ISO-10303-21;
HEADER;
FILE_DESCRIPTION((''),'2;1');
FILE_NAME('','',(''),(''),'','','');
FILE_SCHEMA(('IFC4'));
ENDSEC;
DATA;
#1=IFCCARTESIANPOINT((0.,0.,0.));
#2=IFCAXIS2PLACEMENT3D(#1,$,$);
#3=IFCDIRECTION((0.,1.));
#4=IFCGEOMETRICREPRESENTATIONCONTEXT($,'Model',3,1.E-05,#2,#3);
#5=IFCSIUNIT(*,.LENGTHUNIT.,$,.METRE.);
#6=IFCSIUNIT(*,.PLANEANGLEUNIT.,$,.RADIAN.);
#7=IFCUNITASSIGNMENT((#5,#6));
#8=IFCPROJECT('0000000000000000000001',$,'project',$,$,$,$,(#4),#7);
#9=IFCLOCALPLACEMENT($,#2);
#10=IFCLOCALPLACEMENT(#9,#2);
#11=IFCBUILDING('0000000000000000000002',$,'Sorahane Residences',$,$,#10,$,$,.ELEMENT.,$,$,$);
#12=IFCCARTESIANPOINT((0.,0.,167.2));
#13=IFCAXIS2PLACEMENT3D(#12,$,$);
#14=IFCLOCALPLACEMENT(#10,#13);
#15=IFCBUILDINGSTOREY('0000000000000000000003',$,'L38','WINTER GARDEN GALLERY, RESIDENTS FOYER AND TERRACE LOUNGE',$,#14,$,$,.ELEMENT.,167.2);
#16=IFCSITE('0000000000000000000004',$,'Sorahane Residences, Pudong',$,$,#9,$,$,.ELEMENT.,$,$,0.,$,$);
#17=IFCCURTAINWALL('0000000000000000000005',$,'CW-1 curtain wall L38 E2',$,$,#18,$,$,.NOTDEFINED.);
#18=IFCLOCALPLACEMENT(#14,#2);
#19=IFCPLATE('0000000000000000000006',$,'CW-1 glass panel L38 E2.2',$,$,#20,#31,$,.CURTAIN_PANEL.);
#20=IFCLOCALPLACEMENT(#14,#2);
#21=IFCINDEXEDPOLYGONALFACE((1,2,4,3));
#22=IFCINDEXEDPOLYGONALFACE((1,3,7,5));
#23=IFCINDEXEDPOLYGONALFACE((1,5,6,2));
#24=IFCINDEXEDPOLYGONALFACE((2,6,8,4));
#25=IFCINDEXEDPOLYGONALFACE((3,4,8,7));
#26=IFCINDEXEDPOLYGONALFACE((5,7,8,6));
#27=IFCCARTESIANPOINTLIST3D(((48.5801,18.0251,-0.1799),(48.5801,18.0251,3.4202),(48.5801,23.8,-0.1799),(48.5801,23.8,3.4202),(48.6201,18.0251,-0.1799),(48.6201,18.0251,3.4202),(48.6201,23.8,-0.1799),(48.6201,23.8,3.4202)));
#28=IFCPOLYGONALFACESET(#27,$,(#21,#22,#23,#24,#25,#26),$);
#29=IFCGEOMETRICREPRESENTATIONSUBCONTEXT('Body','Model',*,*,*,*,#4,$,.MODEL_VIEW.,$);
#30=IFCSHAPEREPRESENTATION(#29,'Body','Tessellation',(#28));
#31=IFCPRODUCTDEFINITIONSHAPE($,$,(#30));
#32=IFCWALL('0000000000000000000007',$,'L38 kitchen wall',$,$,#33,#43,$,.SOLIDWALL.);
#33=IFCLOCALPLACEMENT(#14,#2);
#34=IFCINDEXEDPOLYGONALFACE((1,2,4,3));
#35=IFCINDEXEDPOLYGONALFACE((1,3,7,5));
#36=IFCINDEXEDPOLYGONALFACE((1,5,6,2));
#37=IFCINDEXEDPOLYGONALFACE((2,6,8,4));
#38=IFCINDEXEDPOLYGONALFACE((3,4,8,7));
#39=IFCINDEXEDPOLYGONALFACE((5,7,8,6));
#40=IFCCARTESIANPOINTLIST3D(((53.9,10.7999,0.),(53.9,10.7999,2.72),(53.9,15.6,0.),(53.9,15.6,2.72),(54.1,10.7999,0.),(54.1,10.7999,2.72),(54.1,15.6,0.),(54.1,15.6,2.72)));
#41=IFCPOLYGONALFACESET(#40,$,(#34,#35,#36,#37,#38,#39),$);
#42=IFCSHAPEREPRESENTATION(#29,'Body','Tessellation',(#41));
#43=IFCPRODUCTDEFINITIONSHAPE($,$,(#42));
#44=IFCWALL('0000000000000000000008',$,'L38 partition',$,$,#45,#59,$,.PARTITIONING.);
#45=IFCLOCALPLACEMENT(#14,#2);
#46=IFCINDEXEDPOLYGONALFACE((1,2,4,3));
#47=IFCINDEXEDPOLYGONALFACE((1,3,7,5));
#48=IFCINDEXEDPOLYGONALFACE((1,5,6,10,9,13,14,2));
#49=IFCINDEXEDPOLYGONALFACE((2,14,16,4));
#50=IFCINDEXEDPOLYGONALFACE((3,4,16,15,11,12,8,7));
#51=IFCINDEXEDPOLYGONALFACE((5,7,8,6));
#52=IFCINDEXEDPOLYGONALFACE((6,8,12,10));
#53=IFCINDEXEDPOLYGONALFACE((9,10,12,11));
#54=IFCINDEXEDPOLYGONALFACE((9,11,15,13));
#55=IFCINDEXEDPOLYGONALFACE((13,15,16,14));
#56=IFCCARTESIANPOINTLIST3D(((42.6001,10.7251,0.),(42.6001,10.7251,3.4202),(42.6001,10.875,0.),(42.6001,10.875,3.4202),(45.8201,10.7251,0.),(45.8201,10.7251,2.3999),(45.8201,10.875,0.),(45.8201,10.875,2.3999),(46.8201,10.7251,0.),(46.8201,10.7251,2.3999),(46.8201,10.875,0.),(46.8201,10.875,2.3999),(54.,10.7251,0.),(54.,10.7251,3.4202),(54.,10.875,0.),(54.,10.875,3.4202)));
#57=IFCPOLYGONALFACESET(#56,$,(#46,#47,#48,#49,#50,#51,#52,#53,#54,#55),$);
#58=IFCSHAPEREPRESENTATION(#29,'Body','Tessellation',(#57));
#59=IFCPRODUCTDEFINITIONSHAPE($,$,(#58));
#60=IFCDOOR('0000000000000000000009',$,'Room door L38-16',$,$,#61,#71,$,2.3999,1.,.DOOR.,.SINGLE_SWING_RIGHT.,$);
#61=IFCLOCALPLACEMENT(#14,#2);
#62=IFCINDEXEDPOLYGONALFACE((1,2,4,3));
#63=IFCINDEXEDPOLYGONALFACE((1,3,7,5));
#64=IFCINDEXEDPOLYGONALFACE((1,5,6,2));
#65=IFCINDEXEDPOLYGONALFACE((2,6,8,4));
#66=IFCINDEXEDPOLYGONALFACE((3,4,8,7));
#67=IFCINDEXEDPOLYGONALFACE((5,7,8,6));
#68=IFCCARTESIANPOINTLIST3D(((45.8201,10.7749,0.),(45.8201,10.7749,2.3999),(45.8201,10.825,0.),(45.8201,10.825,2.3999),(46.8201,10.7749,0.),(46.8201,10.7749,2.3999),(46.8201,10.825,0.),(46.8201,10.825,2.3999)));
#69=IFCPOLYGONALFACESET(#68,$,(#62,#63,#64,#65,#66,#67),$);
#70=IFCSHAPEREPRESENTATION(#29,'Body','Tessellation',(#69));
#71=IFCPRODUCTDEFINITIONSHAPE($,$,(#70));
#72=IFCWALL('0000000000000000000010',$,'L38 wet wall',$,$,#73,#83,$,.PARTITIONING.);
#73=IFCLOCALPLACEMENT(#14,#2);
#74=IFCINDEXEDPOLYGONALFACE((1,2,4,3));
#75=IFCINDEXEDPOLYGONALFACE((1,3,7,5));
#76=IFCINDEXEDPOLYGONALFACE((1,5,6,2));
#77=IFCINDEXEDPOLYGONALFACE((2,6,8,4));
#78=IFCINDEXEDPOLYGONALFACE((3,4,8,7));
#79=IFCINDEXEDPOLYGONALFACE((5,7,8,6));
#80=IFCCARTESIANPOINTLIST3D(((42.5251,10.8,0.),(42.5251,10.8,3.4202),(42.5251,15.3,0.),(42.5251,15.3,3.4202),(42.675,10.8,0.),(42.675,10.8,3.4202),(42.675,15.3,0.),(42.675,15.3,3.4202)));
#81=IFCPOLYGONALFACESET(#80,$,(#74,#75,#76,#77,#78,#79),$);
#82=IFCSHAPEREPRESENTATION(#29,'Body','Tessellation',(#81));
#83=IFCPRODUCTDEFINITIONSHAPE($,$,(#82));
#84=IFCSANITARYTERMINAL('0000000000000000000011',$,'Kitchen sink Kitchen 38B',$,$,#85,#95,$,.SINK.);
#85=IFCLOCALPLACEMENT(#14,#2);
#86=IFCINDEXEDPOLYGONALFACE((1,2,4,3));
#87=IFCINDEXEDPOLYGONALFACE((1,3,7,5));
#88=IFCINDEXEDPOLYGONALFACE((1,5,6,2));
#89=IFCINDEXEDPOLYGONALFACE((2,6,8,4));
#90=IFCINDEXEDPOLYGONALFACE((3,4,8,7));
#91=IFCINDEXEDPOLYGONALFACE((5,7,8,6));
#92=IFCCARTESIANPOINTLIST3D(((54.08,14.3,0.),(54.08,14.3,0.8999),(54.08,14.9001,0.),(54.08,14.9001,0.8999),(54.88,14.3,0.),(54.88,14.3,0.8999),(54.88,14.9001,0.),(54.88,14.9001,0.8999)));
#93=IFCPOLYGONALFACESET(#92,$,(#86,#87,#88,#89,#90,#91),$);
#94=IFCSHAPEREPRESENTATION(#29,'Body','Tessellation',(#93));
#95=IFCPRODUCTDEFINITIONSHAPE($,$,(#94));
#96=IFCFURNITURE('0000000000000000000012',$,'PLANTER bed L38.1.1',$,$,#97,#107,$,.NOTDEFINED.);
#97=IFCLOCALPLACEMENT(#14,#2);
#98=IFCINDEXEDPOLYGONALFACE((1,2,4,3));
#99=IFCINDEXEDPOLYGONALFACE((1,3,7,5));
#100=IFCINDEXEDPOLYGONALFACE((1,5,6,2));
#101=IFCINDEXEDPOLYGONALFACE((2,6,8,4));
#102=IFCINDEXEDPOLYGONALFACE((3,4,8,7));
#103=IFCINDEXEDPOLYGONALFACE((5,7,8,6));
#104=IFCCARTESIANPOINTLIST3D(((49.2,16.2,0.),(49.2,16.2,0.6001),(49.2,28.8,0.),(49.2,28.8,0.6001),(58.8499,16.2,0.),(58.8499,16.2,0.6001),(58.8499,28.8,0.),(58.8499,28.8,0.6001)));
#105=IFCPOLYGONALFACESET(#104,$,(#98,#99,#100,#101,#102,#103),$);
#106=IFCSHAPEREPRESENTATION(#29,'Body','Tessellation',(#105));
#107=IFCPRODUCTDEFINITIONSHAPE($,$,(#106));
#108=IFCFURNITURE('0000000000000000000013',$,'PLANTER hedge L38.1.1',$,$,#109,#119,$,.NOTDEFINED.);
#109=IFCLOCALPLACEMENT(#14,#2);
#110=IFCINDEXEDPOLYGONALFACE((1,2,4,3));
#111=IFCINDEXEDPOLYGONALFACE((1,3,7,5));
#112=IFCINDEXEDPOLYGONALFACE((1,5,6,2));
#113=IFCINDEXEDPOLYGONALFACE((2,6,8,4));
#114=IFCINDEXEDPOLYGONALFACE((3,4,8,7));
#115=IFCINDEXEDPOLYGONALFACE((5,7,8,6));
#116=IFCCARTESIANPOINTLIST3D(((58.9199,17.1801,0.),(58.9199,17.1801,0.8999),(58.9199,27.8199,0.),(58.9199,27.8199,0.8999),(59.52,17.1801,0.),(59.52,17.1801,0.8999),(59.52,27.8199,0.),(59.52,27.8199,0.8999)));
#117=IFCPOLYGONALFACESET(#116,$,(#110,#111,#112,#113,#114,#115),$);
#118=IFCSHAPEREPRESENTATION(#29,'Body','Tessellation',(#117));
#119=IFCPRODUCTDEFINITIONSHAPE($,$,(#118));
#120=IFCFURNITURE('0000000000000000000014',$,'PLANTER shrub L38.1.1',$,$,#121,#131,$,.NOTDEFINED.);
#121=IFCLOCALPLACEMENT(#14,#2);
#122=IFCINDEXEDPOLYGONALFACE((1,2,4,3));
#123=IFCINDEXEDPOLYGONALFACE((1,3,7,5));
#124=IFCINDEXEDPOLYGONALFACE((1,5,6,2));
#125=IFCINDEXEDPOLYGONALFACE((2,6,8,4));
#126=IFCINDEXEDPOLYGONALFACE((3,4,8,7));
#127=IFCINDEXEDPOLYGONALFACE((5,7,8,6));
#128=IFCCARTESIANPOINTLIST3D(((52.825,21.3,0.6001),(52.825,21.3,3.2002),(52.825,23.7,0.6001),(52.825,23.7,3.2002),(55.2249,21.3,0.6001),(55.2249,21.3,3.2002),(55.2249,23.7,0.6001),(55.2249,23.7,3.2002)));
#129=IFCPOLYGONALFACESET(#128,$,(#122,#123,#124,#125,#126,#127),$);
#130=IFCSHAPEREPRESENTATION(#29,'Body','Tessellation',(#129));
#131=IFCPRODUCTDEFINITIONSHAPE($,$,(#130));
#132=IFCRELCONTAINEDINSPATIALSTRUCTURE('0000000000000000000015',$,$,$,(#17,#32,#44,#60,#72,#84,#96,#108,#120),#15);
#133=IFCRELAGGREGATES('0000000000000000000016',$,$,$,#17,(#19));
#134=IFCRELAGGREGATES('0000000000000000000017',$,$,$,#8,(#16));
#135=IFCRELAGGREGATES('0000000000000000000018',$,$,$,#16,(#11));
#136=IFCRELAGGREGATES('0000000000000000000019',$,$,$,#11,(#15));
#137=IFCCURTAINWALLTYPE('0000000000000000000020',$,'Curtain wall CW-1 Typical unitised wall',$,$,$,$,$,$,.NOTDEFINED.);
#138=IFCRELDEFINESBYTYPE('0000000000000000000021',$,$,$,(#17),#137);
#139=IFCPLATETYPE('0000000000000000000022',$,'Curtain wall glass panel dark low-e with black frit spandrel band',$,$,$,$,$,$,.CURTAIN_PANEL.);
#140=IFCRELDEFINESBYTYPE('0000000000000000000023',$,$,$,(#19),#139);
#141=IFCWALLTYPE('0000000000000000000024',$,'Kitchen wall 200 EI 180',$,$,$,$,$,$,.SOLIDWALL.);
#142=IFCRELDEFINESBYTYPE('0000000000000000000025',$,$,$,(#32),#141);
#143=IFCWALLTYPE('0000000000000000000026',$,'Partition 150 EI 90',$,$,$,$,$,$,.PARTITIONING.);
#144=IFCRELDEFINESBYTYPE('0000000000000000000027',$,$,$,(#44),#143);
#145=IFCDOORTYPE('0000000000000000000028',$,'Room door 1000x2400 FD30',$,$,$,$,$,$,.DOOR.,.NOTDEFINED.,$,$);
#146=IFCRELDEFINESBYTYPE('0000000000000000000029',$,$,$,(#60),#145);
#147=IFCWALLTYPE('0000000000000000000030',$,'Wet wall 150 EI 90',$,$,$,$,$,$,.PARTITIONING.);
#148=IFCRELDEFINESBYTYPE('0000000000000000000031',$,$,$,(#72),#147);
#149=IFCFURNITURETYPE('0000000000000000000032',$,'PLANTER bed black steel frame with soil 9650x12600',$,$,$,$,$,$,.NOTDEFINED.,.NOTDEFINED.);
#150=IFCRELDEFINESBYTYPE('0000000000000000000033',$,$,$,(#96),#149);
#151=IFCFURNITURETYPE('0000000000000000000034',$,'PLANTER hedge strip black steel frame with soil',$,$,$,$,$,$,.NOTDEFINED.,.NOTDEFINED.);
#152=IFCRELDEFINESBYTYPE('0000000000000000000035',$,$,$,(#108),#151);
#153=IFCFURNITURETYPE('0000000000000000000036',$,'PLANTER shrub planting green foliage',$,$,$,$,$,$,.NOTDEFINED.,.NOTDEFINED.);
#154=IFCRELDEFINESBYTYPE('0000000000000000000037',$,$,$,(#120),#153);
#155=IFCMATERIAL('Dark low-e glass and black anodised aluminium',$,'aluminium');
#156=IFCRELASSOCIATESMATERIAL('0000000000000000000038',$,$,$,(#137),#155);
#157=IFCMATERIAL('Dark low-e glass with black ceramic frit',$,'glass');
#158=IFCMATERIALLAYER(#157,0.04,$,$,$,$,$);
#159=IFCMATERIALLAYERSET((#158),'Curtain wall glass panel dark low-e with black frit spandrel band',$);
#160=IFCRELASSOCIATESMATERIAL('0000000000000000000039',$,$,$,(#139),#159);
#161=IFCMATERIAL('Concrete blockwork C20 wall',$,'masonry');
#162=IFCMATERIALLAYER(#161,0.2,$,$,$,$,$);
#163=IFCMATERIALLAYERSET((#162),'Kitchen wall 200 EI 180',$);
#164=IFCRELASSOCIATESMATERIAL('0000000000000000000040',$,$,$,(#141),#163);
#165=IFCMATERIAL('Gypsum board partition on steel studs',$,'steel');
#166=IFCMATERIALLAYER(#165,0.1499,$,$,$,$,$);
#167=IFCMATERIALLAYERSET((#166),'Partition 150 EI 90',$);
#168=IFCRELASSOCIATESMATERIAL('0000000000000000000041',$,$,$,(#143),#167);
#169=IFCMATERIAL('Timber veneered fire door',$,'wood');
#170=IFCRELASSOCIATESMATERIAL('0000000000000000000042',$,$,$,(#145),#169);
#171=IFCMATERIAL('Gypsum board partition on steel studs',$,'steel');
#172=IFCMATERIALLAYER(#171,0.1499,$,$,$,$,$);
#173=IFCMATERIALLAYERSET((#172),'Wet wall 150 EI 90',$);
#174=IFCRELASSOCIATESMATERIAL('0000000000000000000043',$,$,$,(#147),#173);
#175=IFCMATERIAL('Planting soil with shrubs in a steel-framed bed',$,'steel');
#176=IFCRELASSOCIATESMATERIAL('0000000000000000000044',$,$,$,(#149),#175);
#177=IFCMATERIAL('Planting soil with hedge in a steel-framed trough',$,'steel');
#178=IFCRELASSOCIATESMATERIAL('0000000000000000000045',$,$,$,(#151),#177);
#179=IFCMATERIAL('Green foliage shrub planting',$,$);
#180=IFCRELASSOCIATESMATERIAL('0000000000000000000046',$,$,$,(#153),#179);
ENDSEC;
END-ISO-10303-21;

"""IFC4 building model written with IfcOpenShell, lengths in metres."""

from ifc_helpers import new_model, si_unit, direction, frame, frame_2d, origin, origin_2d, place, context, subcontext, project, spatial, rectangle, extrude, material, layer, layer_set, type_object, element, fill, aggregate, save


model = new_model("IFC4")

# Units and contexts
model_context = context("Model", 3, precision=1e-05, world=origin(), true_north=direction((0.0, 1.0)))
body_context = subcontext(model_context, "Body", "Model", "MODEL_VIEW")
ifc_project = project(units=[si_unit("LENGTHUNIT", "METRE"), si_unit("PLANEANGLEUNIT", "RADIAN")], contexts=[model_context])

# Site, building, storey
site_placement = place(None, origin())
site = spatial("IfcSite", under=ifc_project, at=site_placement, Name="Sorahane Residences, Pudong", CompositionType="ELEMENT", RefElevation=0.0)
building_placement = place(site_placement, origin())
building = spatial("IfcBuilding", under=site, at=building_placement, Name="Sorahane Residences", CompositionType="ELEMENT")
storey_placement = place(building_placement, frame((0.0, 0.0, 167.2)))
storey = spatial("IfcBuildingStorey", under=building, at=storey_placement, Name="L38", Description="WINTER GARDEN GALLERY, RESIDENTS FOYER AND TERRACE LOUNGE", CompositionType="ELEMENT", Elevation=167.2)

# Shared definitions
ifc_material_1 = material(Name="Dark low-e glass and black anodised aluminium", Category="aluminium")
curtain_wall_type = type_object("IfcCurtainWallType", Name="Curtain wall CW-1 Typical unitised wall", PredefinedType="NOTDEFINED", material=ifc_material_1)

# Curtain wall
curtain_wall_1_placement = place(storey_placement, origin())
curtain_wall_1 = element("IfcCurtainWall", 1, at=curtain_wall_1_placement, inside=storey, type_object=curtain_wall_type, Name="CW-1 curtain wall L38 E2", PredefinedType="NOTDEFINED")

# Plate
ifc_material_2 = material(Name="Dark low-e glass with black ceramic frit", Category="glass")
ifc_layer_1 = layer(ifc_material_2, 0.04)
ifc_layer_set_1 = layer_set([ifc_layer_1], Name="Curtain wall glass panel dark low-e with black frit spandrel band")
plate_type = type_object("IfcPlateType", Name="Curtain wall glass panel dark low-e with black frit spandrel band", PredefinedType="CURTAIN_PANEL", material=ifc_layer_set_1)
plate_1_placement = place(storey_placement, frame((48.6001, 20.9126, -0.1799), z_axis=(0.0, 0.0, 1.0), x_axis=(0.0, 1.0, 0.0)))
plate_1 = element("IfcPlate", 2, at=plate_1_placement, type_object=plate_type, Name="CW-1 glass panel L38 E2.2", PredefinedType="CURTAIN_PANEL", context=body_context, shape_type="SweptSolid", body=[
    extrude(rectangle(XDim=5.7749, YDim=0.04, at=origin_2d()), origin(), (0.0, 0.0, 1.0), 3.6001),
])
aggregate(curtain_wall_1, [plate_1])

# Wall
ifc_material_3 = material(Name="Concrete blockwork C20 wall", Category="masonry")
ifc_layer_2 = layer(ifc_material_3, 0.2)
ifc_layer_set_2 = layer_set([ifc_layer_2], Name="Kitchen wall 200 EI 180")
wall_type_1 = type_object("IfcWallType", Name="Kitchen wall 200 EI 180", PredefinedType="SOLIDWALL", material=ifc_layer_set_2)
wall_1_placement = place(storey_placement, frame((54.0, 10.8, 0.0), z_axis=(0.0, 0.0, 1.0), x_axis=(0.0, 1.0, 0.0)))
element("IfcWall", 3, at=wall_1_placement, inside=storey, type_object=wall_type_1, Name="L38 kitchen wall", PredefinedType="SOLIDWALL", context=body_context, shape_type="SweptSolid", body=[
    extrude(rectangle(XDim=4.8, YDim=0.2, at=frame_2d((2.3999, 0.0))), origin(), (0.0, 0.0, 1.0), 2.72),
])

# Wall, opening, door
ifc_material_4 = material(Name="Gypsum board partition on steel studs", Category="steel")
ifc_layer_3 = layer(ifc_material_4, 0.1499)
ifc_layer_set_3 = layer_set([ifc_layer_3], Name="Partition 150 EI 90")
wall_type_2 = type_object("IfcWallType", Name="Partition 150 EI 90", PredefinedType="PARTITIONING", material=ifc_layer_set_3)
wall_2_placement = place(storey_placement, frame((42.6001, 10.8, 0.0), z_axis=(0.0, 0.0, 1.0), x_axis=(1.0, 0.0, 0.0)))
wall_2 = element("IfcWall", 4, at=wall_2_placement, inside=storey, type_object=wall_type_2, Name="L38 partition", PredefinedType="PARTITIONING", context=body_context, shape_type="SweptSolid", body=[
    extrude(rectangle(XDim=11.3999, YDim=0.1499, at=frame_2d((5.7, 0.0))), origin(), (0.0, 0.0, 1.0), 3.4202),
])
opening_1_placement = place(wall_2_placement, frame((3.22, 0.0, 0.0)))
opening_1 = element("IfcOpeningElement", 5, at=opening_1_placement, cuts=wall_2, PredefinedType="OPENING", context=body_context, shape_type="SweptSolid", body=[
    extrude(rectangle(XDim=1.0, YDim=2.3999, at=frame_2d((0.5, 1.2))), frame((0.0, 0.085, 0.0), z_axis=(0.0, -1.0, 0.0), x_axis=(1.0, 0.0, 0.0)), (0.0, 0.0, 1.0), 0.1699),
])
ifc_material_5 = material(Name="Timber veneered fire door", Category="wood")
door_type_1 = type_object("IfcDoorType", Name="Room door 1000x2400 FD30", OperationType="NOTDEFINED", PredefinedType="DOOR", material=ifc_material_5)
door_1_placement = place(opening_1_placement, origin())
door_1 = element("IfcDoor", 6, at=door_1_placement, inside=storey, type_object=door_type_1, Name="Room door L38-16", OperationType="SINGLE_SWING_RIGHT", OverallHeight=2.3999, OverallWidth=1.0, PredefinedType="DOOR", context=body_context, shape_type="SweptSolid", body=[
    extrude(rectangle(XDim=1.0, YDim=2.3999, at=frame_2d((0.5, 1.2))), frame((0.0, 0.0249, 0.0), z_axis=(0.0, -1.0, 0.0), x_axis=(1.0, 0.0, 0.0)), (0.0, 0.0, 1.0), 0.05),
])
fill(opening_1, door_1)

# Wall
ifc_material_6 = material(Name="Gypsum board partition on steel studs", Category="steel")
ifc_layer_4 = layer(ifc_material_6, 0.1499)
ifc_layer_set_4 = layer_set([ifc_layer_4], Name="Wet wall 150 EI 90")
wall_type_3 = type_object("IfcWallType", Name="Wet wall 150 EI 90", PredefinedType="PARTITIONING", material=ifc_layer_set_4)
wall_3_placement = place(storey_placement, frame((42.6001, 10.8, 0.0), z_axis=(0.0, 0.0, 1.0), x_axis=(0.0, 1.0, 0.0)))
element("IfcWall", 7, at=wall_3_placement, inside=storey, type_object=wall_type_3, Name="L38 wet wall", PredefinedType="PARTITIONING", context=body_context, shape_type="SweptSolid", body=[
    extrude(rectangle(XDim=4.5, YDim=0.1499, at=frame_2d((2.25, 0.0))), origin(), (0.0, 0.0, 1.0), 3.4202),
])

# Sanitary terminal
sanitary_terminal_placement = place(storey_placement, frame((54.48, 14.6001, 0.0), z_axis=(0.0, 0.0, 1.0), x_axis=(1.0, 0.0, 0.0)))
element("IfcSanitaryTerminal", 8, at=sanitary_terminal_placement, inside=storey, Name="Kitchen sink Kitchen 38B", PredefinedType="SINK", context=body_context, shape_type="SweptSolid", body=[
    extrude(rectangle(XDim=0.8, YDim=0.6001, at=origin_2d()), origin(), (0.0, 0.0, 1.0), 0.8999),
])

# Furniture
ifc_material_7 = material(Name="Planting soil with shrubs in a steel-framed bed", Category="steel")
furniture_type_1 = type_object("IfcFurnitureType", Name="PLANTER bed black steel frame with soil 9650x12600", AssemblyPlace="NOTDEFINED", PredefinedType="NOTDEFINED", material=ifc_material_7)
furniture_1_placement = place(storey_placement, frame((54.0249, 22.5, 0.0), z_axis=(0.0, 0.0, 1.0), x_axis=(1.0, 0.0, 0.0)))
element("IfcFurniture", 9, at=furniture_1_placement, inside=storey, type_object=furniture_type_1, Name="PLANTER bed L38.1.1", PredefinedType="NOTDEFINED", context=body_context, shape_type="SweptSolid", body=[
    extrude(rectangle(XDim=9.6499, YDim=12.6001, at=origin_2d()), origin(), (0.0, 0.0, 1.0), 0.6001),
])
ifc_material_8 = material(Name="Planting soil with hedge in a steel-framed trough", Category="steel")
furniture_type_2 = type_object("IfcFurnitureType", Name="PLANTER hedge strip black steel frame with soil", AssemblyPlace="NOTDEFINED", PredefinedType="NOTDEFINED", material=ifc_material_8)
furniture_2_placement = place(storey_placement, frame((59.22, 22.5, 0.0), z_axis=(0.0, 0.0, 1.0), x_axis=(0.0, -1.0, 0.0)))
element("IfcFurniture", 10, at=furniture_2_placement, inside=storey, type_object=furniture_type_2, Name="PLANTER hedge L38.1.1", PredefinedType="NOTDEFINED", context=body_context, shape_type="SweptSolid", body=[
    extrude(rectangle(XDim=10.6399, YDim=0.6001, at=origin_2d()), origin(), (0.0, 0.0, 1.0), 0.8999),
])
ifc_material_9 = material(Name="Green foliage shrub planting")
furniture_type_3 = type_object("IfcFurnitureType", Name="PLANTER shrub planting green foliage", AssemblyPlace="NOTDEFINED", PredefinedType="NOTDEFINED", material=ifc_material_9)
furniture_3_placement = place(storey_placement, frame((54.0249, 22.5, 0.6001), z_axis=(0.0, 0.0, 1.0), x_axis=(1.0, 0.0, 0.0)))
element("IfcFurniture", 11, at=furniture_3_placement, inside=storey, type_object=furniture_type_3, Name="PLANTER shrub L38.1.1", PredefinedType="NOTDEFINED", context=body_context, shape_type="SweptSolid", body=[
    extrude(rectangle(XDim=2.3999, YDim=2.3999, at=origin_2d()), origin(), (0.0, 0.0, 1.0), 2.6001),
])

save(model, "model.ifc")
